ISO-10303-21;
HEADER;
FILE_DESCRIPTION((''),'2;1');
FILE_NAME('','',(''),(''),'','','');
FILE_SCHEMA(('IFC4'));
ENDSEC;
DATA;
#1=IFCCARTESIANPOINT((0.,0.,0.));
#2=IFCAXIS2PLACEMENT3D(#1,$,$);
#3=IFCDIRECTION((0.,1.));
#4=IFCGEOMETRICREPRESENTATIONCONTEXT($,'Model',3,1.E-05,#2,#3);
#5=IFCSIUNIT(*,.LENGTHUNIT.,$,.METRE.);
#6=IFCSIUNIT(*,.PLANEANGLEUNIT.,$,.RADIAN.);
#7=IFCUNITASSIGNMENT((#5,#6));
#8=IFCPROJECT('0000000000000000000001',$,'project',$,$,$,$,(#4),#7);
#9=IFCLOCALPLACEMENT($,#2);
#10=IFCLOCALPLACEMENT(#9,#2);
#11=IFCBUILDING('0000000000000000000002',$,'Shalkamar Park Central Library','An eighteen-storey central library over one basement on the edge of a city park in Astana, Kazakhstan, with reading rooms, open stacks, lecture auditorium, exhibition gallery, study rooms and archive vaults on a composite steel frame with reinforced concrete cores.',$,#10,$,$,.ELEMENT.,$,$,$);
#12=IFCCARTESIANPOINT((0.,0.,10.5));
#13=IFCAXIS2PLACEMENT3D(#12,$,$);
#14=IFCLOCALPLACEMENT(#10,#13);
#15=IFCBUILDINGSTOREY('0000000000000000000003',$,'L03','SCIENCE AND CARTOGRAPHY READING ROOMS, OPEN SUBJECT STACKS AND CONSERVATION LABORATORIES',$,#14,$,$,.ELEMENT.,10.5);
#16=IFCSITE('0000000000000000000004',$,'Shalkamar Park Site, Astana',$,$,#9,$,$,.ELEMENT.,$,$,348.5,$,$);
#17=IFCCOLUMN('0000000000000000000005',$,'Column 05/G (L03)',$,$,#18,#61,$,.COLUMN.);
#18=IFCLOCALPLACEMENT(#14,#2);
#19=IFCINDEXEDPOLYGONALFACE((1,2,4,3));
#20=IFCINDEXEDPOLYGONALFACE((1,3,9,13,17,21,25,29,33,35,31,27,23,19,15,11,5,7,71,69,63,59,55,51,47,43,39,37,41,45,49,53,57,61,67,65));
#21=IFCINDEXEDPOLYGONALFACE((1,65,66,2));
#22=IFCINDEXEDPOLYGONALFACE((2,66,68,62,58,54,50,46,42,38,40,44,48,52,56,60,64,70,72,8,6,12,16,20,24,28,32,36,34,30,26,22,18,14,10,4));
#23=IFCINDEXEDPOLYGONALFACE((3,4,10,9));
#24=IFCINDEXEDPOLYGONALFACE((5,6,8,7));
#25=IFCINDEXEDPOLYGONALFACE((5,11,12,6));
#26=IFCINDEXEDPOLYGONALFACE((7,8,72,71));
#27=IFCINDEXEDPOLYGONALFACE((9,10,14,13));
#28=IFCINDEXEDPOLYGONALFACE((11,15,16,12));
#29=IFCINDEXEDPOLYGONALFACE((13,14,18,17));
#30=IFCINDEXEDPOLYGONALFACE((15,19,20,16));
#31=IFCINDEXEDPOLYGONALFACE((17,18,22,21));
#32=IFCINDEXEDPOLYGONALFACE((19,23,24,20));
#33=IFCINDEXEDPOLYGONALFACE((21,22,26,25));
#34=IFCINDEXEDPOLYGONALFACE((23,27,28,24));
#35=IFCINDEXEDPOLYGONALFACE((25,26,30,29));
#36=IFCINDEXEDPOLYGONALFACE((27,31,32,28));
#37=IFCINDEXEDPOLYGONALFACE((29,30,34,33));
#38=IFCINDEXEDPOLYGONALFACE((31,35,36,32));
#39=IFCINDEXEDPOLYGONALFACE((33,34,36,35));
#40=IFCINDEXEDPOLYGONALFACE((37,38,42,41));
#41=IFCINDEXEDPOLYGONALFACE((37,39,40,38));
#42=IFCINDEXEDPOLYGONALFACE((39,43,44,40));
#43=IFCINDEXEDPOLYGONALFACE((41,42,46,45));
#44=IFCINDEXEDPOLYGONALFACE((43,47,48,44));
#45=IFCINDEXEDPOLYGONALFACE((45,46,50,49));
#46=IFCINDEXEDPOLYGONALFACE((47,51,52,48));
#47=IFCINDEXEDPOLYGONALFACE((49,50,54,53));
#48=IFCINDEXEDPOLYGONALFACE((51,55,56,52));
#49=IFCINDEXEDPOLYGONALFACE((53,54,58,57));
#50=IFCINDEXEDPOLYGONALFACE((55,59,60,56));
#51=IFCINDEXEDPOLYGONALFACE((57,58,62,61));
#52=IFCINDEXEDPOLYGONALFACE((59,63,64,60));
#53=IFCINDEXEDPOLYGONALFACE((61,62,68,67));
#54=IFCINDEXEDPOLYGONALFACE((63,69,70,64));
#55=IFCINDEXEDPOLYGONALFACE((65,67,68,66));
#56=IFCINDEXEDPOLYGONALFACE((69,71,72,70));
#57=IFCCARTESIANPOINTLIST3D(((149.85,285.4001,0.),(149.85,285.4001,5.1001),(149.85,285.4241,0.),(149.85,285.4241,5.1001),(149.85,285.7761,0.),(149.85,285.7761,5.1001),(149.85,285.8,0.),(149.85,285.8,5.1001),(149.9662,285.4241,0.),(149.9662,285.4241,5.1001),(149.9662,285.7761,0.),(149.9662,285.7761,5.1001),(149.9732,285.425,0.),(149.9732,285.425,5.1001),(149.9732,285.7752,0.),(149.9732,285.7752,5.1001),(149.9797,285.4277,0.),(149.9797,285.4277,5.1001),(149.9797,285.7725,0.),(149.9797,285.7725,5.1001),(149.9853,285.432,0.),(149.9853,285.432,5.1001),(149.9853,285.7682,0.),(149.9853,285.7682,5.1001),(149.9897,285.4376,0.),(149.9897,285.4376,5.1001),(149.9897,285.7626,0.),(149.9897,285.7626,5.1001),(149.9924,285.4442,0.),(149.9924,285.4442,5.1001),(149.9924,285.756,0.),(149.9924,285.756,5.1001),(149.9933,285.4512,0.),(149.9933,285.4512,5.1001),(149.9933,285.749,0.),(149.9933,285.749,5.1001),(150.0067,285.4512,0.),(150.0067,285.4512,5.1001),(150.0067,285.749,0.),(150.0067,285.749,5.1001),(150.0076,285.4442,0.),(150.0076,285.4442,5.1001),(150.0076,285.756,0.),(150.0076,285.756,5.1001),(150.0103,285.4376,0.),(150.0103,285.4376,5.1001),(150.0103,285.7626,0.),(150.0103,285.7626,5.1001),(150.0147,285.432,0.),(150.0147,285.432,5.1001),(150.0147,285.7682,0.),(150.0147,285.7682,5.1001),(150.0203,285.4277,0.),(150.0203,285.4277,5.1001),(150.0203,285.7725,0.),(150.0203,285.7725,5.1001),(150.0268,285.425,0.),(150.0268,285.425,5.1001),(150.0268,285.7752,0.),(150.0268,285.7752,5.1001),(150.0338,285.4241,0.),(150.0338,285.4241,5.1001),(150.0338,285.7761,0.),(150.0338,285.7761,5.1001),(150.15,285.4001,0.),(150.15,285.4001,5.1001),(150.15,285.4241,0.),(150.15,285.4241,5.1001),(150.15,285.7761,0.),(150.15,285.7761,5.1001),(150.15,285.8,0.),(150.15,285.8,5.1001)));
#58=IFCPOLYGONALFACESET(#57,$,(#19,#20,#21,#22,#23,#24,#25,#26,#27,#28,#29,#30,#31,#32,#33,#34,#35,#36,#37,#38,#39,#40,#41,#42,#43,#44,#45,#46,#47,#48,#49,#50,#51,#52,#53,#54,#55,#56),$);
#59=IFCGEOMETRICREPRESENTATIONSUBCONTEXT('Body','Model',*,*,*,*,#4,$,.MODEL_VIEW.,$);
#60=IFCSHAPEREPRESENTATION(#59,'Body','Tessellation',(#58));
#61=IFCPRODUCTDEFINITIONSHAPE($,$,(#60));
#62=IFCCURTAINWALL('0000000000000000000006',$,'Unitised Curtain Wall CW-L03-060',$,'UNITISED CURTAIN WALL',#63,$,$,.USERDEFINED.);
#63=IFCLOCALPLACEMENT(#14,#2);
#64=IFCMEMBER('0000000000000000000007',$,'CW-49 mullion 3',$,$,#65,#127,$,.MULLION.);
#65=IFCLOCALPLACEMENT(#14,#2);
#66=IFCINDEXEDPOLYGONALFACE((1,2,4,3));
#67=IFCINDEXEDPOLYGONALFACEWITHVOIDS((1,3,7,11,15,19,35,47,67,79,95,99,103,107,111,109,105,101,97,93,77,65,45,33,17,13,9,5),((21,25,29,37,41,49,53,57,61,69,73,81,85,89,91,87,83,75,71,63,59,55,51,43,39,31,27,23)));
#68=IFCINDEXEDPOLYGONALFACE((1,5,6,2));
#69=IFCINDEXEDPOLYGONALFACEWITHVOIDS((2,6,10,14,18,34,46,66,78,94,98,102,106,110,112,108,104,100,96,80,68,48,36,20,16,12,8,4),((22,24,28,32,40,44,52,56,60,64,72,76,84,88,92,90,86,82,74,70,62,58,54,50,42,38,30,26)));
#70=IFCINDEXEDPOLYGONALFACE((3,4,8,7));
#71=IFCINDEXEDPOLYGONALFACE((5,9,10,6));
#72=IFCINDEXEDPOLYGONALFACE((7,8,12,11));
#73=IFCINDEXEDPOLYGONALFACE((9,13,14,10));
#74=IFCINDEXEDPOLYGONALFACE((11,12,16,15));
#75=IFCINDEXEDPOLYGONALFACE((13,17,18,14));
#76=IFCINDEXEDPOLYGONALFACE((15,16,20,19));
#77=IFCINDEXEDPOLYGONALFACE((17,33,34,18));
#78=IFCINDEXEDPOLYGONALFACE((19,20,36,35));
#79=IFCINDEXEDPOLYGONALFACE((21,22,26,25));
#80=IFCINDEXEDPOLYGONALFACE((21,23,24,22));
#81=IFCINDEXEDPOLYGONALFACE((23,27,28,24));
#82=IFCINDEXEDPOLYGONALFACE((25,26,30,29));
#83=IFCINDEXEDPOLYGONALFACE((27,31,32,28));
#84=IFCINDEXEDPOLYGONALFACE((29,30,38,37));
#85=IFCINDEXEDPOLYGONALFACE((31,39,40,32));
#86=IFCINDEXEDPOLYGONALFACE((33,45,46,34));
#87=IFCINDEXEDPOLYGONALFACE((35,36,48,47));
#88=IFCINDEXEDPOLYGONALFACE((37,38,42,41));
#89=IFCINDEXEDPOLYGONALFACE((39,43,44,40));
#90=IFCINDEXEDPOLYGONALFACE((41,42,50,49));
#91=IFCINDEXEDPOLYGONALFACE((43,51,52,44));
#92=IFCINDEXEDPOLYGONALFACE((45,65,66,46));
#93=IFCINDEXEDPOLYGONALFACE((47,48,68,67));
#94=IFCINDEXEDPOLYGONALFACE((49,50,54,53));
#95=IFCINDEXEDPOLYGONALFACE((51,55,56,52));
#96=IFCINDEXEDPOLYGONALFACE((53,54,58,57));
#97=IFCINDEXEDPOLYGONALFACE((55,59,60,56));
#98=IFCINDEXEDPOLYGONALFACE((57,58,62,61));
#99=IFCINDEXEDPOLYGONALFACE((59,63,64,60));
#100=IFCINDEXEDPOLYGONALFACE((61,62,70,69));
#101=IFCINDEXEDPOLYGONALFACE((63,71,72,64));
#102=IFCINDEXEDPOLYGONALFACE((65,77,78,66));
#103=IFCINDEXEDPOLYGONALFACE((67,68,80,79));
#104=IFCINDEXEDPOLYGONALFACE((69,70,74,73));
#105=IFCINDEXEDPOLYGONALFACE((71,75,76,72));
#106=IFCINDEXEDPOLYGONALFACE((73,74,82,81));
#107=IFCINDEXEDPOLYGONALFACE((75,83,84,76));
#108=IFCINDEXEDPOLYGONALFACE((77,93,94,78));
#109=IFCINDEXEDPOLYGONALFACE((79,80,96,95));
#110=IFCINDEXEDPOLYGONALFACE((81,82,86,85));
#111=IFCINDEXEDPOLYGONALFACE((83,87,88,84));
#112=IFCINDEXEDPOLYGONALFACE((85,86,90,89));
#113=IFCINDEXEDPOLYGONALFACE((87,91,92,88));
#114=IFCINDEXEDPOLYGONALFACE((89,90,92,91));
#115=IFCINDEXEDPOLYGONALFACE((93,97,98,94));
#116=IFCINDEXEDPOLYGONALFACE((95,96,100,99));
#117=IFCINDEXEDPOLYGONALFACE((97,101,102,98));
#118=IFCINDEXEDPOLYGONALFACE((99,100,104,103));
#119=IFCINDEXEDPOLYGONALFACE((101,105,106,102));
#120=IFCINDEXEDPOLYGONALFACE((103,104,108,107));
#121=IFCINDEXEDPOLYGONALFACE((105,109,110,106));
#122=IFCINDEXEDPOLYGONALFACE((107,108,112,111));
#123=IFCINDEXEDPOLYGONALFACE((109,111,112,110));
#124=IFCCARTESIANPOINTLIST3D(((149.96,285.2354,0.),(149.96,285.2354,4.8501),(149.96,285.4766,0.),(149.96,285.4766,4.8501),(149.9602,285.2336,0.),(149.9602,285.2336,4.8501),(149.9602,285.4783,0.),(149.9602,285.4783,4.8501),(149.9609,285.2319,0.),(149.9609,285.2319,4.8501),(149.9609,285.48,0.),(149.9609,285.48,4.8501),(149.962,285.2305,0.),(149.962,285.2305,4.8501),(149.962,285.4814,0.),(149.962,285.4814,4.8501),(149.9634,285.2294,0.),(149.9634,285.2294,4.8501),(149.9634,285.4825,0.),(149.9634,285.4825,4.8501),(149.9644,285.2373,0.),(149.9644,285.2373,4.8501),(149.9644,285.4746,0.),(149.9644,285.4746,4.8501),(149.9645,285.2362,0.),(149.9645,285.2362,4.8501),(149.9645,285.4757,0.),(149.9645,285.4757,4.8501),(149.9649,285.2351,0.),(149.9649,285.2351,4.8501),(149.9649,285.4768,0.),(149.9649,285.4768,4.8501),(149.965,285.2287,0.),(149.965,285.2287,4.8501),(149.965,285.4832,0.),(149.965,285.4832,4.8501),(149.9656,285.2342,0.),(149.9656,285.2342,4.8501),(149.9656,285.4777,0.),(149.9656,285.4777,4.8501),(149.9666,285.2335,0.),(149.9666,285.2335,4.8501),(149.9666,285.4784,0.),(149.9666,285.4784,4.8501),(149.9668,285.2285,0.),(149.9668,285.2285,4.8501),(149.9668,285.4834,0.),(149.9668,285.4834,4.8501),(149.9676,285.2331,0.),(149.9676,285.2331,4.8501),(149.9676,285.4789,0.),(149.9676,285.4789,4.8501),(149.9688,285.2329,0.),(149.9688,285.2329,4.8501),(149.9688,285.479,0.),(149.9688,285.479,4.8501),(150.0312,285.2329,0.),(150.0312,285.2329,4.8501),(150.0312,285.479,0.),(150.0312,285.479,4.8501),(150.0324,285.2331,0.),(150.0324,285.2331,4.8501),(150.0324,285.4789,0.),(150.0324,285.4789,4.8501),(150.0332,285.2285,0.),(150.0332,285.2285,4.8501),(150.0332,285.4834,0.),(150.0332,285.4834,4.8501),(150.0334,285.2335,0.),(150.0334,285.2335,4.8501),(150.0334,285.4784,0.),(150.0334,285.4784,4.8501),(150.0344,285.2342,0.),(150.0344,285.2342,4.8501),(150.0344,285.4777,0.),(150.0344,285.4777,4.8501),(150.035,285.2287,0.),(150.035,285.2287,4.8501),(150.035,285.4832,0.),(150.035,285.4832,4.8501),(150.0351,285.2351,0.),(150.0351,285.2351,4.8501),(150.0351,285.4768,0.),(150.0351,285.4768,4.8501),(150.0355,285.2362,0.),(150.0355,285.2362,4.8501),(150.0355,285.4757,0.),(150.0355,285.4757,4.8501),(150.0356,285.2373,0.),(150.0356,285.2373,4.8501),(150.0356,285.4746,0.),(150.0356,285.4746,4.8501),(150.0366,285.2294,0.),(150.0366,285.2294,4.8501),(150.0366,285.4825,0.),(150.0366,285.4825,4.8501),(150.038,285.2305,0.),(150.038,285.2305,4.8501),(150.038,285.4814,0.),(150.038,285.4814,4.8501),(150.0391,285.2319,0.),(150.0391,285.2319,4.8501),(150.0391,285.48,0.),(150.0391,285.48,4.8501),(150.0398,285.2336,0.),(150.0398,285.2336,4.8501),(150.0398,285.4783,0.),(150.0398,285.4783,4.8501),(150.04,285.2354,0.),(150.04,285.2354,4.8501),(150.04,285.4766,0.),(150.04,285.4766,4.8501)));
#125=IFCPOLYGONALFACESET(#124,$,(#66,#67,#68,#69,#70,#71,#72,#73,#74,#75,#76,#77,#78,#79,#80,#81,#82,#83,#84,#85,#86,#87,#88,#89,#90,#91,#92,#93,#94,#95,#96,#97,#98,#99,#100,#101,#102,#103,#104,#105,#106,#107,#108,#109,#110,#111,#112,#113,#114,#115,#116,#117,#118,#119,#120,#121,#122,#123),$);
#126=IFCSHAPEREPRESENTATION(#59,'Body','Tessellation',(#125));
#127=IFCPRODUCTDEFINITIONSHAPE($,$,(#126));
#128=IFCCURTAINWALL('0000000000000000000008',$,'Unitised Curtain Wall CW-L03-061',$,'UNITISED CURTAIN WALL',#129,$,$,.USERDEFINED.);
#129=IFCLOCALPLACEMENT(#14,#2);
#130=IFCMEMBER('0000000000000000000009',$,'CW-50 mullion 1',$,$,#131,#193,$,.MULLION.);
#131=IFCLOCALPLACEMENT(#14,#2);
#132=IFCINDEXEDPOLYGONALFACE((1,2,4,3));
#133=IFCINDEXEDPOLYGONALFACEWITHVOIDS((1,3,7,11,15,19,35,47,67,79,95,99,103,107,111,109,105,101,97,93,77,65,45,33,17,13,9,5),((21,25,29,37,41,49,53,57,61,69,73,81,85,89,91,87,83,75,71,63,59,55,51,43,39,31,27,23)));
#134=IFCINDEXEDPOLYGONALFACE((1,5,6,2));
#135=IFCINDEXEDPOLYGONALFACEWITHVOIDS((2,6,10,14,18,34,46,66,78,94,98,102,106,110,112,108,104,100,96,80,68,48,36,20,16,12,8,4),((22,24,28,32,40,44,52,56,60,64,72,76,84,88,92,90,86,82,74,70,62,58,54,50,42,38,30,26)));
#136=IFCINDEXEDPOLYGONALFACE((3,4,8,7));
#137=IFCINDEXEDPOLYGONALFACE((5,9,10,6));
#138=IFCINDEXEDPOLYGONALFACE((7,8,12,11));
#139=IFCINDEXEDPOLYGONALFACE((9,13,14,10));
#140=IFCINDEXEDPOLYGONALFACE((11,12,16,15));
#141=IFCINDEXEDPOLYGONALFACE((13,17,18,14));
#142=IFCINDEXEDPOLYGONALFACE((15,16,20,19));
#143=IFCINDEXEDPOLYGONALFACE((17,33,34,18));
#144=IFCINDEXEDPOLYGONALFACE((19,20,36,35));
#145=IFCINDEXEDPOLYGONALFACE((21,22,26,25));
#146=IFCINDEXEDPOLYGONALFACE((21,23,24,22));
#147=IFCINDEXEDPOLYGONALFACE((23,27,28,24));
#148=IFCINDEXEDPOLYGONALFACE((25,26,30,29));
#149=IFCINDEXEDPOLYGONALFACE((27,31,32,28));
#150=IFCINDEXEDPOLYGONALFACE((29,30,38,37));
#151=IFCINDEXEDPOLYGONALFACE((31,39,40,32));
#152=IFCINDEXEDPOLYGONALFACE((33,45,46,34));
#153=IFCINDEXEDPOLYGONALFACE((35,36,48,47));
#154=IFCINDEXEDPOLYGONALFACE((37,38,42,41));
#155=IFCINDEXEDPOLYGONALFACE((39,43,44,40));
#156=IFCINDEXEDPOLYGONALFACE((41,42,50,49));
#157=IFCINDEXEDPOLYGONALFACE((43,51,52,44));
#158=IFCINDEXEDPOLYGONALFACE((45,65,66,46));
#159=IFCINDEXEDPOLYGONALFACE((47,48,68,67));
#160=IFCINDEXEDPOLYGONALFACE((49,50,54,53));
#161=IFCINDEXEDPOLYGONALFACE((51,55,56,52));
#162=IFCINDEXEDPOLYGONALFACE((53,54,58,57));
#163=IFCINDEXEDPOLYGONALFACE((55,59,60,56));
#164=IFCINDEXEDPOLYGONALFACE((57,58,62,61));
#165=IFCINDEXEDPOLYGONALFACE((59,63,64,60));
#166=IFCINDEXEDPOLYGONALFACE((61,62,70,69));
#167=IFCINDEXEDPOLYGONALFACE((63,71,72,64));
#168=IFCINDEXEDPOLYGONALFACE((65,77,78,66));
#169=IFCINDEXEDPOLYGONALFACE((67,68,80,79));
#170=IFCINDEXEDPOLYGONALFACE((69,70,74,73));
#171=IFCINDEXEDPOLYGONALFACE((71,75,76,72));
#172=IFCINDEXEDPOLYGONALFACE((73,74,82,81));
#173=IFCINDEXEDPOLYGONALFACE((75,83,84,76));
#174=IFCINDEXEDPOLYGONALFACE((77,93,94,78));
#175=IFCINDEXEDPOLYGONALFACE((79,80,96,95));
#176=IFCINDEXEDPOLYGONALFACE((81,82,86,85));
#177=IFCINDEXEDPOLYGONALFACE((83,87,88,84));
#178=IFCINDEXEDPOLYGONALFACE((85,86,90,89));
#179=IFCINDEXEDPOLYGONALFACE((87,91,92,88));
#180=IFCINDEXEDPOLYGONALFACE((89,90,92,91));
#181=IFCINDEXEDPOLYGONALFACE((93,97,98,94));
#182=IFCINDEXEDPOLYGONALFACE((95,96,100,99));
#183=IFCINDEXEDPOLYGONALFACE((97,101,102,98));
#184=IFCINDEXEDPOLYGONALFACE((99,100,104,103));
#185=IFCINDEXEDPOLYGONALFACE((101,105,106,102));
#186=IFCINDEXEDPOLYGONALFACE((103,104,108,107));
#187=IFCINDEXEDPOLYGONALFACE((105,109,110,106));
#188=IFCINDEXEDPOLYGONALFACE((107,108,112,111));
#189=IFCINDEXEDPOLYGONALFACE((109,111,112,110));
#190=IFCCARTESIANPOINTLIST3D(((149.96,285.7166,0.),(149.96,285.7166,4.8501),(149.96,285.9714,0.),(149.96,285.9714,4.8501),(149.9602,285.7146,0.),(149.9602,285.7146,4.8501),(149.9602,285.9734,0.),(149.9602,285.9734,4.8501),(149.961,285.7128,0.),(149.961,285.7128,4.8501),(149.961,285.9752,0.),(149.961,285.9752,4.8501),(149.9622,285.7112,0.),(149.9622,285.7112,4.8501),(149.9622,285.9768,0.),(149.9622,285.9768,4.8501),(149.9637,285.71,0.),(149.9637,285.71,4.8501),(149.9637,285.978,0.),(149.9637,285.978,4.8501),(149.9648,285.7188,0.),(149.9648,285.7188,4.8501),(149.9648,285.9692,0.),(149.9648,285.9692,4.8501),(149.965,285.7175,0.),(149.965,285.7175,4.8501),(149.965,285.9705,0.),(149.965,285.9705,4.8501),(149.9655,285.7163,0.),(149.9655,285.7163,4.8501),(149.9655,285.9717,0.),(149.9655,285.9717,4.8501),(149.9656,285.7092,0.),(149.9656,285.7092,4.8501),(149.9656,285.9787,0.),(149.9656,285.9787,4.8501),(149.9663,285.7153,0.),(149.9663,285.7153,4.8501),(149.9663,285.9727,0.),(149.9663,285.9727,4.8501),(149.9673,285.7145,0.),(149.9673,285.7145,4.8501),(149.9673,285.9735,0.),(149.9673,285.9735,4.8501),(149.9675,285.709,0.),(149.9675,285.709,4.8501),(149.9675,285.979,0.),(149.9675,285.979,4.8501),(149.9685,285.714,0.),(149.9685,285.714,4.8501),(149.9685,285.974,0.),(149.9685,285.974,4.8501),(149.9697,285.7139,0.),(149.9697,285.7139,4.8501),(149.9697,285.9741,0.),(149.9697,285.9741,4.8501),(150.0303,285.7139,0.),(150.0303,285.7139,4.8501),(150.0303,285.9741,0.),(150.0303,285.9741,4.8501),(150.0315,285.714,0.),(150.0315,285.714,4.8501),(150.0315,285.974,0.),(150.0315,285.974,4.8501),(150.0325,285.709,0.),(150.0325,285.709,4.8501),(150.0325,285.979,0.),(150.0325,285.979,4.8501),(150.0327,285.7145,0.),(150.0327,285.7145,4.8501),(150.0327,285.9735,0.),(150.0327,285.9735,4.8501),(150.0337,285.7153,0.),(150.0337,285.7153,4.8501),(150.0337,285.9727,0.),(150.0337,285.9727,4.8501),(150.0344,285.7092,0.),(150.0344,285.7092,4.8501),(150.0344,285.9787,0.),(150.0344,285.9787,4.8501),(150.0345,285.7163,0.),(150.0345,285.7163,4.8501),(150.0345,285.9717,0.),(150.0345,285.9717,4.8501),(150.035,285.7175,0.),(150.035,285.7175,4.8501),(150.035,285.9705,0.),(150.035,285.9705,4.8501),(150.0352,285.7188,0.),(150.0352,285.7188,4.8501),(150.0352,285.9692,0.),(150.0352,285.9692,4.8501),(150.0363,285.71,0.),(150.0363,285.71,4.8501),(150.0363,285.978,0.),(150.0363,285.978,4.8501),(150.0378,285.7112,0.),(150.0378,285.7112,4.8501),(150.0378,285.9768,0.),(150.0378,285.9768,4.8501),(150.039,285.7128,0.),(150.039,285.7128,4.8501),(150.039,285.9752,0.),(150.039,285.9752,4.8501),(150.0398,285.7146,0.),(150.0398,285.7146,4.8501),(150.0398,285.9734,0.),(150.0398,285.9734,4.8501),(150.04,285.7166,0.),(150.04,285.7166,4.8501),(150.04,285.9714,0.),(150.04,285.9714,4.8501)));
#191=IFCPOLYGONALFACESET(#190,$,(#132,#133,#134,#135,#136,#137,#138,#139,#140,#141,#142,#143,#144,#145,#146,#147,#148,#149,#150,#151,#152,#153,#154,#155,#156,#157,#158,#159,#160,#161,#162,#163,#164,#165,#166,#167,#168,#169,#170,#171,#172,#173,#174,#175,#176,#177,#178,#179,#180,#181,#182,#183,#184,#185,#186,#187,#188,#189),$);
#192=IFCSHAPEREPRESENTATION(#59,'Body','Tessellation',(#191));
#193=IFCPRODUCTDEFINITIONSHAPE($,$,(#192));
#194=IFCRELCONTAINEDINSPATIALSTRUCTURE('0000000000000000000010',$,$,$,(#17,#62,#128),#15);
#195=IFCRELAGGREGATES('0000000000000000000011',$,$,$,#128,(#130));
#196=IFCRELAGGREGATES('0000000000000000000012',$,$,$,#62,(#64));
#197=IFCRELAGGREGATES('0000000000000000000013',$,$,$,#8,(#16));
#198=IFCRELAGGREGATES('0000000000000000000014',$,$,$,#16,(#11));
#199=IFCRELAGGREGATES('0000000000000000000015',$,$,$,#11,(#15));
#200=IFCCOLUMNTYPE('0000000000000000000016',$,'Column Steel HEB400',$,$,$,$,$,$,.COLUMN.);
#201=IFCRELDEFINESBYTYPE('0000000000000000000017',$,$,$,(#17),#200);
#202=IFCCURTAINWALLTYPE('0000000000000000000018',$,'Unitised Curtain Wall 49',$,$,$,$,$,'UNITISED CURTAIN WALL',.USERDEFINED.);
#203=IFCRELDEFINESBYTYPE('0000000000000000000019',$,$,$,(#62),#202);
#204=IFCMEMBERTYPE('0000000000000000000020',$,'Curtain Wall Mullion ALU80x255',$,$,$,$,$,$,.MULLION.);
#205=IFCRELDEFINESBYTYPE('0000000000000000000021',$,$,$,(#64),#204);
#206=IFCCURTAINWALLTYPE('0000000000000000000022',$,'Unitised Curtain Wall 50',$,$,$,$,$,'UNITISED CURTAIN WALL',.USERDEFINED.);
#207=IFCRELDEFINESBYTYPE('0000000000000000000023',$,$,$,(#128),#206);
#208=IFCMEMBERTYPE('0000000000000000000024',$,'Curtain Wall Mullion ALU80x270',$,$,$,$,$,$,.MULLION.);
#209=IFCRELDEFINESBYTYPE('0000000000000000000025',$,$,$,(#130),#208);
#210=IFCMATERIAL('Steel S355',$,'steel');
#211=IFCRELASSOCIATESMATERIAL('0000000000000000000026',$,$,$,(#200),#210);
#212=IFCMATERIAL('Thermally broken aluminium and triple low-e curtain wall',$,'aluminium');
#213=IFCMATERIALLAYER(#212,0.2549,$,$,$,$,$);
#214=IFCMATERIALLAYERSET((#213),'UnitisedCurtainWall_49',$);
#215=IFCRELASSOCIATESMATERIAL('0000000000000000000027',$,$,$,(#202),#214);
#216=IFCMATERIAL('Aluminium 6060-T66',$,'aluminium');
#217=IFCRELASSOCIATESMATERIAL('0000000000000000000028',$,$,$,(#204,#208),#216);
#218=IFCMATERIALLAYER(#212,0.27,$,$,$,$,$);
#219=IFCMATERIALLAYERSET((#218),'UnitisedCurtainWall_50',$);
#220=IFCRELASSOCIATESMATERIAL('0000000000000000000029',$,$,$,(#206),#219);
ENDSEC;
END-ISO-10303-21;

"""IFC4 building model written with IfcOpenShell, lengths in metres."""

from ifc_helpers import new_model, si_unit, direction, frame, origin, origin_2d, place, context, subcontext, project, spatial, hollow_rectangle, i_section, extrude, material, layer, layer_set, material_profile, profile_set, type_object, element, aggregate, save


model = new_model("IFC4")

# Units and contexts
model_context = context("Model", 3, precision=1e-05, world=origin(), true_north=direction((0.0, 1.0)))
body_context = subcontext(model_context, "Body", "Model", "MODEL_VIEW")
ifc_project = project(units=[si_unit("LENGTHUNIT", "METRE"), si_unit("PLANEANGLEUNIT", "RADIAN")], contexts=[model_context])

# Site, building, storey
site_placement = place(None, origin())
site = spatial("IfcSite", under=ifc_project, at=site_placement, Name="Shalkamar Park Site, Astana", CompositionType="ELEMENT", RefElevation=348.5)
building_placement = place(site_placement, origin())
building = spatial("IfcBuilding", under=site, at=building_placement, Name="Shalkamar Park Central Library", Description="An eighteen-storey central library over one basement on the edge of a city park in Astana, Kazakhstan, with reading rooms, open stacks, lecture auditorium, exhibition gallery, study rooms and archive vaults on a composite steel frame with reinforced concrete cores.", CompositionType="ELEMENT")
storey_placement = place(building_placement, frame((0.0, 0.0, 10.5)))
storey = spatial("IfcBuildingStorey", under=building, at=storey_placement, Name="L03", Description="SCIENCE AND CARTOGRAPHY READING ROOMS, OPEN SUBJECT STACKS AND CONSERVATION LABORATORIES", CompositionType="ELEMENT", Elevation=10.5)

# Column
ifc_material_1 = material(Name="Steel S355", Category="steel")
ifc_material_profile_1 = material_profile(ifc_material_1, i_section(OverallWidth=0.3, OverallDepth=0.3999, WebThickness=0.0134, FlangeThickness=0.0239, FilletRadius=0.0271, at=origin_2d()), Name="HEB 400")
ifc_profile_set_1 = profile_set([ifc_material_profile_1], Name="Steel S355")
column_type = type_object("IfcColumnType", Name="Column Steel HEB400", PredefinedType="COLUMN", material=ifc_profile_set_1)
column_placement = place(storey_placement, frame((150.0, 285.6001, 0.0), z_axis=(0.0, 0.0, 1.0), x_axis=(1.0, 0.0, 0.0)))
element("IfcColumn", 1, at=column_placement, inside=storey, type_object=column_type, Name="Column 05/G (L03)", PredefinedType="COLUMN", context=body_context, shape_type="SweptSolid", body=[
    extrude(i_section(OverallWidth=0.3, OverallDepth=0.3999, WebThickness=0.0134, FlangeThickness=0.0239, FilletRadius=0.0271, at=origin_2d()), origin(), (0.0, 0.0, 1.0), 5.1001),
])

# Curtain wall, member
ifc_material_2 = material(Name="Thermally broken aluminium and triple low-e curtain wall", Category="aluminium")
ifc_layer_1 = layer(ifc_material_2, 0.2549)
ifc_layer_set_1 = layer_set([ifc_layer_1], Name="UnitisedCurtainWall_49")
curtain_wall_type_1 = type_object("IfcCurtainWallType", Name="Unitised Curtain Wall 49", ElementType="UNITISED CURTAIN WALL", PredefinedType="USERDEFINED", material=ifc_layer_set_1)
curtain_wall_1_placement = place(storey_placement, origin())
curtain_wall_1 = element("IfcCurtainWall", 2, at=curtain_wall_1_placement, inside=storey, type_object=curtain_wall_type_1, Name="Unitised Curtain Wall CW-L03-060", ObjectType="UNITISED CURTAIN WALL", PredefinedType="USERDEFINED")
ifc_material_3 = material(Name="Aluminium 6060-T66", Category="aluminium")
ifc_material_profile_2 = material_profile(ifc_material_3, hollow_rectangle(XDim=0.0801, YDim=0.2549, WallThickness=0.0044, InnerFilletRadius=0.0044, OuterFilletRadius=0.0068, at=origin_2d()), Name="ALU 80x255x4.5")
ifc_profile_set_2 = profile_set([ifc_material_profile_2], Name="Aluminium 6060-T66")
member_type_1 = type_object("IfcMemberType", Name="Curtain Wall Mullion ALU80x255", PredefinedType="MULLION", material=ifc_profile_set_2)
member_1_placement = place(storey_placement, frame((150.0, 285.356, 0.0), z_axis=(0.0, 0.0, 1.0), x_axis=(-1.0, 0.0, 0.0)))
member_1 = element("IfcMember", 3, at=member_1_placement, type_object=member_type_1, Name="CW-49 mullion 3", PredefinedType="MULLION", context=body_context, shape_type="SweptSolid", body=[
    extrude(hollow_rectangle(XDim=0.0801, YDim=0.2549, WallThickness=0.0044, InnerFilletRadius=0.0044, OuterFilletRadius=0.0068, at=origin_2d()), origin(), (0.0, 0.0, 1.0), 4.8501),
])

# Curtain wall, member
ifc_layer_2 = layer(ifc_material_2, 0.27)
ifc_layer_set_2 = layer_set([ifc_layer_2], Name="UnitisedCurtainWall_50")
curtain_wall_type_2 = type_object("IfcCurtainWallType", Name="Unitised Curtain Wall 50", ElementType="UNITISED CURTAIN WALL", PredefinedType="USERDEFINED", material=ifc_layer_set_2)
curtain_wall_2_placement = place(storey_placement, origin())
curtain_wall_2 = element("IfcCurtainWall", 4, at=curtain_wall_2_placement, inside=storey, type_object=curtain_wall_type_2, Name="Unitised Curtain Wall CW-L03-061", ObjectType="UNITISED CURTAIN WALL", PredefinedType="USERDEFINED")
ifc_material_profile_3 = material_profile(ifc_material_3, hollow_rectangle(XDim=0.0801, YDim=0.27, WallThickness=0.0049, InnerFilletRadius=0.0049, OuterFilletRadius=0.0076, at=origin_2d()), Name="ALU 80x270x5")
ifc_profile_set_3 = profile_set([ifc_material_profile_3], Name="Aluminium 6060-T66")
member_type_2 = type_object("IfcMemberType", Name="Curtain Wall Mullion ALU80x270", PredefinedType="MULLION", material=ifc_profile_set_3)
member_2_placement = place(storey_placement, frame((150.0, 285.844, 0.0), z_axis=(0.0, 0.0, 1.0), x_axis=(-1.0, 0.0, 0.0)))
member_2 = element("IfcMember", 5, at=member_2_placement, type_object=member_type_2, Name="CW-50 mullion 1", PredefinedType="MULLION", context=body_context, shape_type="SweptSolid", body=[
    extrude(hollow_rectangle(XDim=0.0801, YDim=0.27, WallThickness=0.0049, InnerFilletRadius=0.0049, OuterFilletRadius=0.0076, at=origin_2d()), origin(), (0.0, 0.0, 1.0), 4.8501),
])

aggregate(curtain_wall_2, [member_2])
aggregate(curtain_wall_1, [member_1])

save(model, "model.ifc")
